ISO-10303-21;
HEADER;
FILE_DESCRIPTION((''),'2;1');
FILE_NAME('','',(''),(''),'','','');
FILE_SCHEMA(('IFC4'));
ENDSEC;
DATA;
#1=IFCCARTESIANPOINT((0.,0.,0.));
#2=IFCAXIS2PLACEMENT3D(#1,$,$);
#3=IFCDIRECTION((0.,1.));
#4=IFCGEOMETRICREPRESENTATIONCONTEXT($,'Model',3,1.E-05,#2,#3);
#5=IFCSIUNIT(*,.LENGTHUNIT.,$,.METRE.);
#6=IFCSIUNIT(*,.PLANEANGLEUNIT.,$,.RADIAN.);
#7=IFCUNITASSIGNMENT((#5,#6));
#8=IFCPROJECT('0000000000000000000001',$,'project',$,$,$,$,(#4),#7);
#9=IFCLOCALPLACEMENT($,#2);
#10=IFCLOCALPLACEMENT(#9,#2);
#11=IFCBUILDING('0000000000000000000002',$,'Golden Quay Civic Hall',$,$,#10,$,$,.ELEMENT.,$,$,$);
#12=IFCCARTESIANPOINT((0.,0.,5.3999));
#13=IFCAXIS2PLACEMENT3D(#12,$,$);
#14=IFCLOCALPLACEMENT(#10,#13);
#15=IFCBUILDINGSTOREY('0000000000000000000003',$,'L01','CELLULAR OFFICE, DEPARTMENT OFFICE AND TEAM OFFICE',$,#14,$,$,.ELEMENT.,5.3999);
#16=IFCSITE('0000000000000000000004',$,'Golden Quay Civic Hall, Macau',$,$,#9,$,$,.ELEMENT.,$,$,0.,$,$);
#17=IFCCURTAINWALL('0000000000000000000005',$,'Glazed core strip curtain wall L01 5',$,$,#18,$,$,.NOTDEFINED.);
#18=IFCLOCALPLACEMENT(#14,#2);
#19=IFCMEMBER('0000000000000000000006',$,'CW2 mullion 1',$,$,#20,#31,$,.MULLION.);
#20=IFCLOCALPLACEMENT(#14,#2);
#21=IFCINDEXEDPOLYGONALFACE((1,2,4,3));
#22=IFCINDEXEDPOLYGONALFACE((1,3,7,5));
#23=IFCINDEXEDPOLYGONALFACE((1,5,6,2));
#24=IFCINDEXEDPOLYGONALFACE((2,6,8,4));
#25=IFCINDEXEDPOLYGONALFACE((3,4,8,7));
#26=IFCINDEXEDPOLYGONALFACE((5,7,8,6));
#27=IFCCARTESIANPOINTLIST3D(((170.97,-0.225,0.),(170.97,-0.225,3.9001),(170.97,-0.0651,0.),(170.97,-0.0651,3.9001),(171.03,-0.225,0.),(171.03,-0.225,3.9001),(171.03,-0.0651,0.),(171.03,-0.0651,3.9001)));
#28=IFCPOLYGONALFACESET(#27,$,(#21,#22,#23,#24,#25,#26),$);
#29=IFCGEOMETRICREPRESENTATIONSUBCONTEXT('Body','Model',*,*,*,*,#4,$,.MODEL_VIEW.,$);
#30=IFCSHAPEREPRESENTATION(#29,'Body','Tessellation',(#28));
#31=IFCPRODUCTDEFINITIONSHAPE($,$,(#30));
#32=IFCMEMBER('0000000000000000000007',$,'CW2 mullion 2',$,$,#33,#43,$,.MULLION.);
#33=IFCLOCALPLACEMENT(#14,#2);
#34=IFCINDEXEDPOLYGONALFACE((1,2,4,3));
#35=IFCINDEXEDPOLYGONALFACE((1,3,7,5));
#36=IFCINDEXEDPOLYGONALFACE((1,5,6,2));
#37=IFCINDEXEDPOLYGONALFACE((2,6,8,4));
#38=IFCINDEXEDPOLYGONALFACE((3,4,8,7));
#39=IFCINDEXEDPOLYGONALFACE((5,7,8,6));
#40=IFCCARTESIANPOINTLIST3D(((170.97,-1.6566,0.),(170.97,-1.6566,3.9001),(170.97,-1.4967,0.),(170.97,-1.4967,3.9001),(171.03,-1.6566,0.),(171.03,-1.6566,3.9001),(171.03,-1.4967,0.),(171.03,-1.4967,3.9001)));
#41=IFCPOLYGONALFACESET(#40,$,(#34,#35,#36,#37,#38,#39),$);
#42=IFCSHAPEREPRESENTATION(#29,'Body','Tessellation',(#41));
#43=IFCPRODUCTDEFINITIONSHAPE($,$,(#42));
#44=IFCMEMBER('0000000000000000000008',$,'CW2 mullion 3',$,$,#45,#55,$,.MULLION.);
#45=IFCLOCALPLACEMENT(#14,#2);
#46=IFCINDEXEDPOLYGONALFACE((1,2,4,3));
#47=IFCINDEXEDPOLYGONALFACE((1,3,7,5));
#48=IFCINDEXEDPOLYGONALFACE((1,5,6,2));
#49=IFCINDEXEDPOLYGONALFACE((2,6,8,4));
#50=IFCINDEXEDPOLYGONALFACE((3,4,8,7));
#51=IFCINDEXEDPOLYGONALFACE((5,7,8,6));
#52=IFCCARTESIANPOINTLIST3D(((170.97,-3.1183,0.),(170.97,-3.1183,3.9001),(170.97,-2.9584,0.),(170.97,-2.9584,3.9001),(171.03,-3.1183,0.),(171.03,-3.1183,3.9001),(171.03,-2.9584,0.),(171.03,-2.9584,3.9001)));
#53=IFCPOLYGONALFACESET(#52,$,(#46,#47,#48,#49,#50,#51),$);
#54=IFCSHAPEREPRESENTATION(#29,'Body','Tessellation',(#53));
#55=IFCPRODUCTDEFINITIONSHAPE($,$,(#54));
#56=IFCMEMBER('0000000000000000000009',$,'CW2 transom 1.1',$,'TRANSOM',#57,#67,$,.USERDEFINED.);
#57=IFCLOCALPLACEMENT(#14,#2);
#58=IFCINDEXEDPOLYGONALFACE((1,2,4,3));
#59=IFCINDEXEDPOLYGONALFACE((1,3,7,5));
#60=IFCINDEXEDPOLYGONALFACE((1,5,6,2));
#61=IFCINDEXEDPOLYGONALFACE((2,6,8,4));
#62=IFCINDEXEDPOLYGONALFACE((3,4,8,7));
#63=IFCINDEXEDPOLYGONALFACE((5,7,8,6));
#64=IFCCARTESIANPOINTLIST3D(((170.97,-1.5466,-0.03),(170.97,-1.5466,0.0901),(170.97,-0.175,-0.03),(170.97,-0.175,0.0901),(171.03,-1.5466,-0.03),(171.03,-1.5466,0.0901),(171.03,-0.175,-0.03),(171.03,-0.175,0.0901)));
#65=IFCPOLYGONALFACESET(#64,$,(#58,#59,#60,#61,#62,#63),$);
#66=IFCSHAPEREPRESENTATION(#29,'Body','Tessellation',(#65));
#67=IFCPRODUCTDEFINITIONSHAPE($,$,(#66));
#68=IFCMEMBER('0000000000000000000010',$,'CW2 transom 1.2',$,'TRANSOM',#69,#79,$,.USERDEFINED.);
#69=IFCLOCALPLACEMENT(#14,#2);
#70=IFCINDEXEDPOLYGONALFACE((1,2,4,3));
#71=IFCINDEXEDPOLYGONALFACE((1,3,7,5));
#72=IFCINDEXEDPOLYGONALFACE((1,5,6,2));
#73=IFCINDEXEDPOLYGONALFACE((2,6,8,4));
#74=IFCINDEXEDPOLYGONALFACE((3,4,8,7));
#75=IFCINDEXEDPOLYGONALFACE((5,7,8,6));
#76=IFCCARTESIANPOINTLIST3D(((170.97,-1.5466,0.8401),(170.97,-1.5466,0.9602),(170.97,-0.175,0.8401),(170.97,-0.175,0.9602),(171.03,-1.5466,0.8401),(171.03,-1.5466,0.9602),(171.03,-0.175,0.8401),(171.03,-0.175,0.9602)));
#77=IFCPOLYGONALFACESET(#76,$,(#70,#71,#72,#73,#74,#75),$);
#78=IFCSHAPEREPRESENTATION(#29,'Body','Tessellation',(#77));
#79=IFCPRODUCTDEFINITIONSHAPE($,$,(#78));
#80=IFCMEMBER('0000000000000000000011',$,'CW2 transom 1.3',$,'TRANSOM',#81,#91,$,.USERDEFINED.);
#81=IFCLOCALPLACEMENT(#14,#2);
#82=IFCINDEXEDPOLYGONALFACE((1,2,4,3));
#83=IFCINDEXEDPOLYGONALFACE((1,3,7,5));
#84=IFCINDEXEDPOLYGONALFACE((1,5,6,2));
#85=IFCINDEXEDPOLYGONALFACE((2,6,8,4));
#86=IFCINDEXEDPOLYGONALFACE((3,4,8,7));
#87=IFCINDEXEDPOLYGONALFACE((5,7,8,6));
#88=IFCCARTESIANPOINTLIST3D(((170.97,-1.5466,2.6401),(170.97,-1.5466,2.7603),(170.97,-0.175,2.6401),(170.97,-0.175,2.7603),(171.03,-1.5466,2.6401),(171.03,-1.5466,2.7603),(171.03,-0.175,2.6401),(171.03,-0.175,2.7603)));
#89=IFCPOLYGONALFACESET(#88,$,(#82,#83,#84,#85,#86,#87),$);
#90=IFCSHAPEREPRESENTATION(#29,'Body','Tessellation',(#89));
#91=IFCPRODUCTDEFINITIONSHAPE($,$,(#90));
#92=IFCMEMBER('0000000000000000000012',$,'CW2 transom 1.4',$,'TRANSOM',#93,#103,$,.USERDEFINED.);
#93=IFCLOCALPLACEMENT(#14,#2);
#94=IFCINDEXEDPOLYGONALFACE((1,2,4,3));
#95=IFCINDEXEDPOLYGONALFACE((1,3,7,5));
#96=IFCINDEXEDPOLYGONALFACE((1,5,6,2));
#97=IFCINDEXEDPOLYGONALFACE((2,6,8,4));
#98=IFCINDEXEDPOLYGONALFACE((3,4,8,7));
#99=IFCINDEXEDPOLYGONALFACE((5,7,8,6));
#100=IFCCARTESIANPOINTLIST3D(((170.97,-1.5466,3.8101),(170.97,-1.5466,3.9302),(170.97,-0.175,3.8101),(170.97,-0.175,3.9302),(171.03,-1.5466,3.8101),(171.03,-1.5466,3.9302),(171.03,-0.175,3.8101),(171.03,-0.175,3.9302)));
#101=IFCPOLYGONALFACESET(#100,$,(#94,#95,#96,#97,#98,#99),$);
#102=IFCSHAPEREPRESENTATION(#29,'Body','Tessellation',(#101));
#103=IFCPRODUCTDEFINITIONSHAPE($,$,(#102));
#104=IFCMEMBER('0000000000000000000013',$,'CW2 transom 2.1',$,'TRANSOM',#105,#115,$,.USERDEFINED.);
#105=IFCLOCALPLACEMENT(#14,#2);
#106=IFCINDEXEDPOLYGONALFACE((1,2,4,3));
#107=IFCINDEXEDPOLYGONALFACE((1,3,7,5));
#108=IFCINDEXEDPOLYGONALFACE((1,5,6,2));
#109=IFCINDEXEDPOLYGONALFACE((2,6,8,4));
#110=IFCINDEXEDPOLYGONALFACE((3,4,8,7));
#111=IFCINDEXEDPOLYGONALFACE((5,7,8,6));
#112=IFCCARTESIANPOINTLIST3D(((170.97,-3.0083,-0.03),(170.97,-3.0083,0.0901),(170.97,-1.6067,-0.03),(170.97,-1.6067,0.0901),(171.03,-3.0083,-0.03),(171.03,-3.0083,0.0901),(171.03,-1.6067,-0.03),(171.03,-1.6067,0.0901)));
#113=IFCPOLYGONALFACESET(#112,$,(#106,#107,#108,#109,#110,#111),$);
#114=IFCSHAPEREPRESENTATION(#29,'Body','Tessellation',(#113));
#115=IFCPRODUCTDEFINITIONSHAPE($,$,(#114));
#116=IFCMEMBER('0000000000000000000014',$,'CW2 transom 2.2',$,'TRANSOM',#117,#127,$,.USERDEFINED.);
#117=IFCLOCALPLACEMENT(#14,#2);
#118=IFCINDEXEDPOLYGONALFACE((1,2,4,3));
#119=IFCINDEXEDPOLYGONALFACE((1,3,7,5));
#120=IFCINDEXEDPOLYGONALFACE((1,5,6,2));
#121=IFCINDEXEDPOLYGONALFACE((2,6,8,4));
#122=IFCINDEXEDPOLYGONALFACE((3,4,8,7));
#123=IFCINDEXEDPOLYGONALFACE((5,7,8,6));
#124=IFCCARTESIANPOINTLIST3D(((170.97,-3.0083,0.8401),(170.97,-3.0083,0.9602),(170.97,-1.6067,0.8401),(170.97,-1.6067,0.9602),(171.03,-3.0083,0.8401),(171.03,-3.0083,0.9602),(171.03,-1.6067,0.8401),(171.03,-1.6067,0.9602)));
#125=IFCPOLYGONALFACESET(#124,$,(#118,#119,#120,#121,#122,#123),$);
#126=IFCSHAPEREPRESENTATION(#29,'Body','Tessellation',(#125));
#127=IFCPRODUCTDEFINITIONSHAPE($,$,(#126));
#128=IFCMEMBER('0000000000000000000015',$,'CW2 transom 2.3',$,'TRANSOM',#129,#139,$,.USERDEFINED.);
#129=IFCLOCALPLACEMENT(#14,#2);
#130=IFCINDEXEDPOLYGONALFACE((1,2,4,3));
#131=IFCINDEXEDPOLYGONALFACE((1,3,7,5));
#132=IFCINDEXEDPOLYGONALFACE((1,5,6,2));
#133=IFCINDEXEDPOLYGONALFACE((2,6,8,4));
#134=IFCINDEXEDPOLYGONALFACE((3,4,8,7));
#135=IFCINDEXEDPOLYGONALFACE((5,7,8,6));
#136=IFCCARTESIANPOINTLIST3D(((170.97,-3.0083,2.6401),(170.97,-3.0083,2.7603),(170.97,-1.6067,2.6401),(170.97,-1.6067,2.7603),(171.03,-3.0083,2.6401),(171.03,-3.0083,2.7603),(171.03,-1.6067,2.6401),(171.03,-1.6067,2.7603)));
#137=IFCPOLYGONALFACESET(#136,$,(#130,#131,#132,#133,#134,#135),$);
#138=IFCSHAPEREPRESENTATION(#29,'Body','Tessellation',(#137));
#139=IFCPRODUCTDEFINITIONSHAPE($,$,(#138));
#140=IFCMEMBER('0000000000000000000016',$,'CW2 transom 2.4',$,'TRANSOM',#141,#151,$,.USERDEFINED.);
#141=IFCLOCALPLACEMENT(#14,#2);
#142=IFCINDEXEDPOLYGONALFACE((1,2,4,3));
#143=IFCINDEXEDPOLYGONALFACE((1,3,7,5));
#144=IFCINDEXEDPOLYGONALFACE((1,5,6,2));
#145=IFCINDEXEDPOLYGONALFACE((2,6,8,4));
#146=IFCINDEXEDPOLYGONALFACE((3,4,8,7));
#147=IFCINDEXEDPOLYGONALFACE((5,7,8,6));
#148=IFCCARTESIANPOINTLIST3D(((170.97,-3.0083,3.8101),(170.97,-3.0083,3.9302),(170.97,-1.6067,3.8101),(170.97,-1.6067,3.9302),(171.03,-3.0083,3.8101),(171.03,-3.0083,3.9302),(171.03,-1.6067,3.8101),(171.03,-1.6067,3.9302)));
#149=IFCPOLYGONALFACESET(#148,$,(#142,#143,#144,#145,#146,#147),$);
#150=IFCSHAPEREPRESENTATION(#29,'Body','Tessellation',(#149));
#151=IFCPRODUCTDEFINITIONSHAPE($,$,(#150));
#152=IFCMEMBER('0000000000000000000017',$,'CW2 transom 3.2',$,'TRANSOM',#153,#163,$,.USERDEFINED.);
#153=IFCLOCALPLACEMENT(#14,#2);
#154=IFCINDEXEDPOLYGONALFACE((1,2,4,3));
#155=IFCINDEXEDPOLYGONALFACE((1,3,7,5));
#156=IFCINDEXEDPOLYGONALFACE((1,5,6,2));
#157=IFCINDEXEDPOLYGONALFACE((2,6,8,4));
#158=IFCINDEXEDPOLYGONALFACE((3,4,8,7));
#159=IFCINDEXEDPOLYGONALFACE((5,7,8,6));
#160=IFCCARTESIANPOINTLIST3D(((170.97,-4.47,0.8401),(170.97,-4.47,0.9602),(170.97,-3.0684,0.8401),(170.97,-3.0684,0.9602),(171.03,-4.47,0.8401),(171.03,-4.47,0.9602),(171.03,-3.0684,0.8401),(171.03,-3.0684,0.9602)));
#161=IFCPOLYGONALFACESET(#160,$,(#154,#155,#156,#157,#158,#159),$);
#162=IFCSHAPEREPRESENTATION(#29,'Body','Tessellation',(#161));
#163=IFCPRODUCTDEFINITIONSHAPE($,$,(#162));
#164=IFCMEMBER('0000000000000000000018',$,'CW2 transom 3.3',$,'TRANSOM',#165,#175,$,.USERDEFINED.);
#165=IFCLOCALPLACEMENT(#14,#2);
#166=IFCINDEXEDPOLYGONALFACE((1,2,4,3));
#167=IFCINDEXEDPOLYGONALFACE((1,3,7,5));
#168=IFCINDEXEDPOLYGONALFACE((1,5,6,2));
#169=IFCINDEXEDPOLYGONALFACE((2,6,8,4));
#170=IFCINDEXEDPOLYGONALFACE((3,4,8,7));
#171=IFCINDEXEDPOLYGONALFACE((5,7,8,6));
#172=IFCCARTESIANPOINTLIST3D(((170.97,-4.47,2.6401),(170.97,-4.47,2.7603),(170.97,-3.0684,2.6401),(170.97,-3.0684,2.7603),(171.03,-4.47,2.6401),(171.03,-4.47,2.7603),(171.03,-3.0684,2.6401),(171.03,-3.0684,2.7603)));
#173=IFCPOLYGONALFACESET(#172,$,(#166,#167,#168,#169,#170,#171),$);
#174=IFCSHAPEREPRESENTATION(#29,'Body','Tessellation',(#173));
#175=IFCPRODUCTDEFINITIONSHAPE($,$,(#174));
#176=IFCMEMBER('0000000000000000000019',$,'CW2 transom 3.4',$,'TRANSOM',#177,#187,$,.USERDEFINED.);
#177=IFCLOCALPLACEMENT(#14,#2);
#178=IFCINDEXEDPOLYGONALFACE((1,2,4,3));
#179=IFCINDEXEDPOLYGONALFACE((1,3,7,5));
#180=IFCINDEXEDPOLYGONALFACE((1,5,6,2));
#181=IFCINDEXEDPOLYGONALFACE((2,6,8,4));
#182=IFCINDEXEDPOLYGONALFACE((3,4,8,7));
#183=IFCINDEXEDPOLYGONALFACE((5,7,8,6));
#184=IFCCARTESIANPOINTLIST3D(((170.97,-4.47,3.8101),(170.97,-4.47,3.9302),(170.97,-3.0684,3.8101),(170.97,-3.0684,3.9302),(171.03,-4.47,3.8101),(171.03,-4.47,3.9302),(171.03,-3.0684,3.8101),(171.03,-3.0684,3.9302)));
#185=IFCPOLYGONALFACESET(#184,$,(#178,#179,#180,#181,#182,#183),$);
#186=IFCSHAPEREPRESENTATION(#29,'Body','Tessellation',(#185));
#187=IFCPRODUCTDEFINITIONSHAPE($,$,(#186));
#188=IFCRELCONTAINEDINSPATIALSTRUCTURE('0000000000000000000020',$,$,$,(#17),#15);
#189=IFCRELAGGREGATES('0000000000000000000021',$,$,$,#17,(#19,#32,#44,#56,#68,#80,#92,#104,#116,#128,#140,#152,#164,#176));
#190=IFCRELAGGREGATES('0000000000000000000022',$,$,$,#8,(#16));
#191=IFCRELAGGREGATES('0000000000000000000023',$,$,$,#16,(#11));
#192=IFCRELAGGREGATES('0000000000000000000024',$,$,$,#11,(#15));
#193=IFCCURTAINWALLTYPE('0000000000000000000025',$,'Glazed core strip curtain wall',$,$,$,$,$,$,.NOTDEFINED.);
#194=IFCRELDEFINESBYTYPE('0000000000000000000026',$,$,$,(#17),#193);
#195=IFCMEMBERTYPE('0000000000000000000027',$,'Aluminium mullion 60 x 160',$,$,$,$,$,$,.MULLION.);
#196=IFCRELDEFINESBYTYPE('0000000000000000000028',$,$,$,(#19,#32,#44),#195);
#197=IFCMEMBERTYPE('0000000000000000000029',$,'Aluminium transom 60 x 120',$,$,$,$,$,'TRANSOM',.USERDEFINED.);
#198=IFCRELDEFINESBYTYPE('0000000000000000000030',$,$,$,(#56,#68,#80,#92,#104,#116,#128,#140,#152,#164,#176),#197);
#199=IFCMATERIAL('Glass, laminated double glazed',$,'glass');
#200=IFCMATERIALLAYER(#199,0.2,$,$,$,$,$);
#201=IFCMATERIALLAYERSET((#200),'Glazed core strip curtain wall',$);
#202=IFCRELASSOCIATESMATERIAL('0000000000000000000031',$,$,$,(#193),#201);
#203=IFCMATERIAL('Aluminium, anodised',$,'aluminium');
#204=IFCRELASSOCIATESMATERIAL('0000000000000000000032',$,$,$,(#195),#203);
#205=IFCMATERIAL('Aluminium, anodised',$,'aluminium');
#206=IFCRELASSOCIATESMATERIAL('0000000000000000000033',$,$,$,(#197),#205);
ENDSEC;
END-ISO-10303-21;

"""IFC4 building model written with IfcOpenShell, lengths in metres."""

from ifc_helpers import new_model, si_unit, direction, frame, origin, origin_2d, place, context, subcontext, project, spatial, rectangle, extrude, material, layer, layer_set, material_profile, profile_set, type_object, element, aggregate, save


model = new_model("IFC4")

# Units and contexts
model_context = context("Model", 3, precision=1e-05, world=origin(), true_north=direction((0.0, 1.0)))
body_context = subcontext(model_context, "Body", "Model", "MODEL_VIEW")
ifc_project = project(units=[si_unit("LENGTHUNIT", "METRE"), si_unit("PLANEANGLEUNIT", "RADIAN")], contexts=[model_context])

# Site, building, storey
site_placement = place(None, origin())
site = spatial("IfcSite", under=ifc_project, at=site_placement, Name="Golden Quay Civic Hall, Macau", CompositionType="ELEMENT", RefElevation=0.0)
building_placement = place(site_placement, origin())
building = spatial("IfcBuilding", under=site, at=building_placement, Name="Golden Quay Civic Hall", CompositionType="ELEMENT")
storey_placement = place(building_placement, frame((0.0, 0.0, 5.3999)))
storey = spatial("IfcBuildingStorey", under=building, at=storey_placement, Name="L01", Description="CELLULAR OFFICE, DEPARTMENT OFFICE AND TEAM OFFICE", CompositionType="ELEMENT", Elevation=5.3999)

# Curtain wall, members
ifc_material_1 = material(Name="Glass, laminated double glazed", Category="glass")
ifc_layer_1 = layer(ifc_material_1, 0.2)
ifc_layer_set_1 = layer_set([ifc_layer_1], Name="Glazed core strip curtain wall")
curtain_wall_type = type_object("IfcCurtainWallType", Name="Glazed core strip curtain wall", PredefinedType="NOTDEFINED", material=ifc_layer_set_1)
curtain_wall_placement = place(storey_placement, origin())
curtain_wall = element("IfcCurtainWall", 1, at=curtain_wall_placement, inside=storey, type_object=curtain_wall_type, Name="Glazed core strip curtain wall L01 5", PredefinedType="NOTDEFINED")
ifc_material_2 = material(Name="Aluminium, anodised", Category="aluminium")
ifc_material_profile_1 = material_profile(ifc_material_2, rectangle(XDim=0.0601, YDim=0.1599, at=origin_2d()), Name="Aluminium 60 x 160")
ifc_profile_set_1 = profile_set([ifc_material_profile_1], Name="Aluminium, anodised")
member_type_1 = type_object("IfcMemberType", Name="Aluminium mullion 60 x 160", PredefinedType="MULLION", material=ifc_profile_set_1)
member_1_placement = place(storey_placement, frame((171.0, -0.145, 0.0), z_axis=(0.0, 0.0, 1.0), x_axis=(1.0, 0.0, 0.0)))
member_1 = element("IfcMember", 2, at=member_1_placement, type_object=member_type_1, Name="CW2 mullion 1", PredefinedType="MULLION", context=body_context, shape_type="SweptSolid", body=[
    extrude(rectangle(XDim=0.0601, YDim=0.1599, at=origin_2d()), origin(), (0.0, 0.0, 1.0), 3.9001),
])
member_2_placement = place(storey_placement, frame((171.0, -1.5767, 0.0), z_axis=(0.0, 0.0, 1.0), x_axis=(1.0, 0.0, 0.0)))
member_2 = element("IfcMember", 3, at=member_2_placement, type_object=member_type_1, Name="CW2 mullion 2", PredefinedType="MULLION", context=body_context, shape_type="SweptSolid", body=[
    extrude(rectangle(XDim=0.0601, YDim=0.1599, at=origin_2d()), origin(), (0.0, 0.0, 1.0), 3.9001),
])
member_3_placement = place(storey_placement, frame((171.0, -3.0383, 0.0), z_axis=(0.0, 0.0, 1.0), x_axis=(1.0, 0.0, 0.0)))
member_3 = element("IfcMember", 4, at=member_3_placement, type_object=member_type_1, Name="CW2 mullion 3", PredefinedType="MULLION", context=body_context, shape_type="SweptSolid", body=[
    extrude(rectangle(XDim=0.0601, YDim=0.1599, at=origin_2d()), origin(), (0.0, 0.0, 1.0), 3.9001),
])
ifc_material_3 = material(Name="Aluminium, anodised", Category="aluminium")
ifc_material_profile_2 = material_profile(ifc_material_3, rectangle(XDim=0.0601, YDim=0.1201, at=origin_2d()), Name="Aluminium 60 x 120")
ifc_profile_set_2 = profile_set([ifc_material_profile_2], Name="Aluminium, anodised")
member_type_2 = type_object("IfcMemberType", Name="Aluminium transom 60 x 120", ElementType="TRANSOM", PredefinedType="USERDEFINED", material=ifc_profile_set_2)
member_4_placement = place(storey_placement, frame((171.0, -0.175, 0.03), z_axis=(0.0, -1.0, 0.0), x_axis=(1.0, 0.0, 0.0)))
member_4 = element("IfcMember", 5, at=member_4_placement, type_object=member_type_2, Name="CW2 transom 1.1", ObjectType="TRANSOM", PredefinedType="USERDEFINED", context=body_context, shape_type="SweptSolid", body=[
    extrude(rectangle(XDim=0.0601, YDim=0.1201, at=origin_2d()), origin(), (0.0, 0.0, 1.0), 1.3716),
])
member_5_placement = place(storey_placement, frame((171.0, -0.175, 0.9001), z_axis=(0.0, -1.0, 0.0), x_axis=(1.0, 0.0, 0.0)))
member_5 = element("IfcMember", 6, at=member_5_placement, type_object=member_type_2, Name="CW2 transom 1.2", ObjectType="TRANSOM", PredefinedType="USERDEFINED", context=body_context, shape_type="SweptSolid", body=[
    extrude(rectangle(XDim=0.0601, YDim=0.1201, at=origin_2d()), origin(), (0.0, 0.0, 1.0), 1.3716),
])
member_6_placement = place(storey_placement, frame((171.0, -0.175, 2.7002), z_axis=(0.0, -1.0, 0.0), x_axis=(1.0, 0.0, 0.0)))
member_6 = element("IfcMember", 7, at=member_6_placement, type_object=member_type_2, Name="CW2 transom 1.3", ObjectType="TRANSOM", PredefinedType="USERDEFINED", context=body_context, shape_type="SweptSolid", body=[
    extrude(rectangle(XDim=0.0601, YDim=0.1201, at=origin_2d()), origin(), (0.0, 0.0, 1.0), 1.3716),
])
member_7_placement = place(storey_placement, frame((171.0, -0.175, 3.8701), z_axis=(0.0, -1.0, 0.0), x_axis=(1.0, 0.0, 0.0)))
member_7 = element("IfcMember", 8, at=member_7_placement, type_object=member_type_2, Name="CW2 transom 1.4", ObjectType="TRANSOM", PredefinedType="USERDEFINED", context=body_context, shape_type="SweptSolid", body=[
    extrude(rectangle(XDim=0.0601, YDim=0.1201, at=origin_2d()), origin(), (0.0, 0.0, 1.0), 1.3716),
])
member_8_placement = place(storey_placement, frame((171.0, -1.6067, 0.03), z_axis=(0.0, -1.0, 0.0), x_axis=(1.0, 0.0, 0.0)))
member_8 = element("IfcMember", 9, at=member_8_placement, type_object=member_type_2, Name="CW2 transom 2.1", ObjectType="TRANSOM", PredefinedType="USERDEFINED", context=body_context, shape_type="SweptSolid", body=[
    extrude(rectangle(XDim=0.0601, YDim=0.1201, at=origin_2d()), origin(), (0.0, 0.0, 1.0), 1.4016),
])
member_9_placement = place(storey_placement, frame((171.0, -1.6067, 0.9001), z_axis=(0.0, -1.0, 0.0), x_axis=(1.0, 0.0, 0.0)))
member_9 = element("IfcMember", 10, at=member_9_placement, type_object=member_type_2, Name="CW2 transom 2.2", ObjectType="TRANSOM", PredefinedType="USERDEFINED", context=body_context, shape_type="SweptSolid", body=[
    extrude(rectangle(XDim=0.0601, YDim=0.1201, at=origin_2d()), origin(), (0.0, 0.0, 1.0), 1.4016),
])
member_10_placement = place(storey_placement, frame((171.0, -1.6067, 2.7002), z_axis=(0.0, -1.0, 0.0), x_axis=(1.0, 0.0, 0.0)))
member_10 = element("IfcMember", 11, at=member_10_placement, type_object=member_type_2, Name="CW2 transom 2.3", ObjectType="TRANSOM", PredefinedType="USERDEFINED", context=body_context, shape_type="SweptSolid", body=[
    extrude(rectangle(XDim=0.0601, YDim=0.1201, at=origin_2d()), origin(), (0.0, 0.0, 1.0), 1.4016),
])
member_11_placement = place(storey_placement, frame((171.0, -1.6067, 3.8701), z_axis=(0.0, -1.0, 0.0), x_axis=(1.0, 0.0, 0.0)))
member_11 = element("IfcMember", 12, at=member_11_placement, type_object=member_type_2, Name="CW2 transom 2.4", ObjectType="TRANSOM", PredefinedType="USERDEFINED", context=body_context, shape_type="SweptSolid", body=[
    extrude(rectangle(XDim=0.0601, YDim=0.1201, at=origin_2d()), origin(), (0.0, 0.0, 1.0), 1.4016),
])
member_12_placement = place(storey_placement, frame((171.0, -3.0684, 0.9001), z_axis=(0.0, -1.0, 0.0), x_axis=(1.0, 0.0, 0.0)))
member_12 = element("IfcMember", 13, at=member_12_placement, type_object=member_type_2, Name="CW2 transom 3.2", ObjectType="TRANSOM", PredefinedType="USERDEFINED", context=body_context, shape_type="SweptSolid", body=[
    extrude(rectangle(XDim=0.0601, YDim=0.1201, at=origin_2d()), origin(), (0.0, 0.0, 1.0), 1.4016),
])
member_13_placement = place(storey_placement, frame((171.0, -3.0684, 2.7002), z_axis=(0.0, -1.0, 0.0), x_axis=(1.0, 0.0, 0.0)))
member_13 = element("IfcMember", 14, at=member_13_placement, type_object=member_type_2, Name="CW2 transom 3.3", ObjectType="TRANSOM", PredefinedType="USERDEFINED", context=body_context, shape_type="SweptSolid", body=[
    extrude(rectangle(XDim=0.0601, YDim=0.1201, at=origin_2d()), origin(), (0.0, 0.0, 1.0), 1.4016),
])
member_14_placement = place(storey_placement, frame((171.0, -3.0684, 3.8701), z_axis=(0.0, -1.0, 0.0), x_axis=(1.0, 0.0, 0.0)))
member_14 = element("IfcMember", 15, at=member_14_placement, type_object=member_type_2, Name="CW2 transom 3.4", ObjectType="TRANSOM", PredefinedType="USERDEFINED", context=body_context, shape_type="SweptSolid", body=[
    extrude(rectangle(XDim=0.0601, YDim=0.1201, at=origin_2d()), origin(), (0.0, 0.0, 1.0), 1.4016),
])

aggregate(curtain_wall, [member_1, member_2, member_3, member_4, member_5, member_6, member_7, member_8, member_9, member_10, member_11, member_12, member_13, member_14])

save(model, "model.ifc")
